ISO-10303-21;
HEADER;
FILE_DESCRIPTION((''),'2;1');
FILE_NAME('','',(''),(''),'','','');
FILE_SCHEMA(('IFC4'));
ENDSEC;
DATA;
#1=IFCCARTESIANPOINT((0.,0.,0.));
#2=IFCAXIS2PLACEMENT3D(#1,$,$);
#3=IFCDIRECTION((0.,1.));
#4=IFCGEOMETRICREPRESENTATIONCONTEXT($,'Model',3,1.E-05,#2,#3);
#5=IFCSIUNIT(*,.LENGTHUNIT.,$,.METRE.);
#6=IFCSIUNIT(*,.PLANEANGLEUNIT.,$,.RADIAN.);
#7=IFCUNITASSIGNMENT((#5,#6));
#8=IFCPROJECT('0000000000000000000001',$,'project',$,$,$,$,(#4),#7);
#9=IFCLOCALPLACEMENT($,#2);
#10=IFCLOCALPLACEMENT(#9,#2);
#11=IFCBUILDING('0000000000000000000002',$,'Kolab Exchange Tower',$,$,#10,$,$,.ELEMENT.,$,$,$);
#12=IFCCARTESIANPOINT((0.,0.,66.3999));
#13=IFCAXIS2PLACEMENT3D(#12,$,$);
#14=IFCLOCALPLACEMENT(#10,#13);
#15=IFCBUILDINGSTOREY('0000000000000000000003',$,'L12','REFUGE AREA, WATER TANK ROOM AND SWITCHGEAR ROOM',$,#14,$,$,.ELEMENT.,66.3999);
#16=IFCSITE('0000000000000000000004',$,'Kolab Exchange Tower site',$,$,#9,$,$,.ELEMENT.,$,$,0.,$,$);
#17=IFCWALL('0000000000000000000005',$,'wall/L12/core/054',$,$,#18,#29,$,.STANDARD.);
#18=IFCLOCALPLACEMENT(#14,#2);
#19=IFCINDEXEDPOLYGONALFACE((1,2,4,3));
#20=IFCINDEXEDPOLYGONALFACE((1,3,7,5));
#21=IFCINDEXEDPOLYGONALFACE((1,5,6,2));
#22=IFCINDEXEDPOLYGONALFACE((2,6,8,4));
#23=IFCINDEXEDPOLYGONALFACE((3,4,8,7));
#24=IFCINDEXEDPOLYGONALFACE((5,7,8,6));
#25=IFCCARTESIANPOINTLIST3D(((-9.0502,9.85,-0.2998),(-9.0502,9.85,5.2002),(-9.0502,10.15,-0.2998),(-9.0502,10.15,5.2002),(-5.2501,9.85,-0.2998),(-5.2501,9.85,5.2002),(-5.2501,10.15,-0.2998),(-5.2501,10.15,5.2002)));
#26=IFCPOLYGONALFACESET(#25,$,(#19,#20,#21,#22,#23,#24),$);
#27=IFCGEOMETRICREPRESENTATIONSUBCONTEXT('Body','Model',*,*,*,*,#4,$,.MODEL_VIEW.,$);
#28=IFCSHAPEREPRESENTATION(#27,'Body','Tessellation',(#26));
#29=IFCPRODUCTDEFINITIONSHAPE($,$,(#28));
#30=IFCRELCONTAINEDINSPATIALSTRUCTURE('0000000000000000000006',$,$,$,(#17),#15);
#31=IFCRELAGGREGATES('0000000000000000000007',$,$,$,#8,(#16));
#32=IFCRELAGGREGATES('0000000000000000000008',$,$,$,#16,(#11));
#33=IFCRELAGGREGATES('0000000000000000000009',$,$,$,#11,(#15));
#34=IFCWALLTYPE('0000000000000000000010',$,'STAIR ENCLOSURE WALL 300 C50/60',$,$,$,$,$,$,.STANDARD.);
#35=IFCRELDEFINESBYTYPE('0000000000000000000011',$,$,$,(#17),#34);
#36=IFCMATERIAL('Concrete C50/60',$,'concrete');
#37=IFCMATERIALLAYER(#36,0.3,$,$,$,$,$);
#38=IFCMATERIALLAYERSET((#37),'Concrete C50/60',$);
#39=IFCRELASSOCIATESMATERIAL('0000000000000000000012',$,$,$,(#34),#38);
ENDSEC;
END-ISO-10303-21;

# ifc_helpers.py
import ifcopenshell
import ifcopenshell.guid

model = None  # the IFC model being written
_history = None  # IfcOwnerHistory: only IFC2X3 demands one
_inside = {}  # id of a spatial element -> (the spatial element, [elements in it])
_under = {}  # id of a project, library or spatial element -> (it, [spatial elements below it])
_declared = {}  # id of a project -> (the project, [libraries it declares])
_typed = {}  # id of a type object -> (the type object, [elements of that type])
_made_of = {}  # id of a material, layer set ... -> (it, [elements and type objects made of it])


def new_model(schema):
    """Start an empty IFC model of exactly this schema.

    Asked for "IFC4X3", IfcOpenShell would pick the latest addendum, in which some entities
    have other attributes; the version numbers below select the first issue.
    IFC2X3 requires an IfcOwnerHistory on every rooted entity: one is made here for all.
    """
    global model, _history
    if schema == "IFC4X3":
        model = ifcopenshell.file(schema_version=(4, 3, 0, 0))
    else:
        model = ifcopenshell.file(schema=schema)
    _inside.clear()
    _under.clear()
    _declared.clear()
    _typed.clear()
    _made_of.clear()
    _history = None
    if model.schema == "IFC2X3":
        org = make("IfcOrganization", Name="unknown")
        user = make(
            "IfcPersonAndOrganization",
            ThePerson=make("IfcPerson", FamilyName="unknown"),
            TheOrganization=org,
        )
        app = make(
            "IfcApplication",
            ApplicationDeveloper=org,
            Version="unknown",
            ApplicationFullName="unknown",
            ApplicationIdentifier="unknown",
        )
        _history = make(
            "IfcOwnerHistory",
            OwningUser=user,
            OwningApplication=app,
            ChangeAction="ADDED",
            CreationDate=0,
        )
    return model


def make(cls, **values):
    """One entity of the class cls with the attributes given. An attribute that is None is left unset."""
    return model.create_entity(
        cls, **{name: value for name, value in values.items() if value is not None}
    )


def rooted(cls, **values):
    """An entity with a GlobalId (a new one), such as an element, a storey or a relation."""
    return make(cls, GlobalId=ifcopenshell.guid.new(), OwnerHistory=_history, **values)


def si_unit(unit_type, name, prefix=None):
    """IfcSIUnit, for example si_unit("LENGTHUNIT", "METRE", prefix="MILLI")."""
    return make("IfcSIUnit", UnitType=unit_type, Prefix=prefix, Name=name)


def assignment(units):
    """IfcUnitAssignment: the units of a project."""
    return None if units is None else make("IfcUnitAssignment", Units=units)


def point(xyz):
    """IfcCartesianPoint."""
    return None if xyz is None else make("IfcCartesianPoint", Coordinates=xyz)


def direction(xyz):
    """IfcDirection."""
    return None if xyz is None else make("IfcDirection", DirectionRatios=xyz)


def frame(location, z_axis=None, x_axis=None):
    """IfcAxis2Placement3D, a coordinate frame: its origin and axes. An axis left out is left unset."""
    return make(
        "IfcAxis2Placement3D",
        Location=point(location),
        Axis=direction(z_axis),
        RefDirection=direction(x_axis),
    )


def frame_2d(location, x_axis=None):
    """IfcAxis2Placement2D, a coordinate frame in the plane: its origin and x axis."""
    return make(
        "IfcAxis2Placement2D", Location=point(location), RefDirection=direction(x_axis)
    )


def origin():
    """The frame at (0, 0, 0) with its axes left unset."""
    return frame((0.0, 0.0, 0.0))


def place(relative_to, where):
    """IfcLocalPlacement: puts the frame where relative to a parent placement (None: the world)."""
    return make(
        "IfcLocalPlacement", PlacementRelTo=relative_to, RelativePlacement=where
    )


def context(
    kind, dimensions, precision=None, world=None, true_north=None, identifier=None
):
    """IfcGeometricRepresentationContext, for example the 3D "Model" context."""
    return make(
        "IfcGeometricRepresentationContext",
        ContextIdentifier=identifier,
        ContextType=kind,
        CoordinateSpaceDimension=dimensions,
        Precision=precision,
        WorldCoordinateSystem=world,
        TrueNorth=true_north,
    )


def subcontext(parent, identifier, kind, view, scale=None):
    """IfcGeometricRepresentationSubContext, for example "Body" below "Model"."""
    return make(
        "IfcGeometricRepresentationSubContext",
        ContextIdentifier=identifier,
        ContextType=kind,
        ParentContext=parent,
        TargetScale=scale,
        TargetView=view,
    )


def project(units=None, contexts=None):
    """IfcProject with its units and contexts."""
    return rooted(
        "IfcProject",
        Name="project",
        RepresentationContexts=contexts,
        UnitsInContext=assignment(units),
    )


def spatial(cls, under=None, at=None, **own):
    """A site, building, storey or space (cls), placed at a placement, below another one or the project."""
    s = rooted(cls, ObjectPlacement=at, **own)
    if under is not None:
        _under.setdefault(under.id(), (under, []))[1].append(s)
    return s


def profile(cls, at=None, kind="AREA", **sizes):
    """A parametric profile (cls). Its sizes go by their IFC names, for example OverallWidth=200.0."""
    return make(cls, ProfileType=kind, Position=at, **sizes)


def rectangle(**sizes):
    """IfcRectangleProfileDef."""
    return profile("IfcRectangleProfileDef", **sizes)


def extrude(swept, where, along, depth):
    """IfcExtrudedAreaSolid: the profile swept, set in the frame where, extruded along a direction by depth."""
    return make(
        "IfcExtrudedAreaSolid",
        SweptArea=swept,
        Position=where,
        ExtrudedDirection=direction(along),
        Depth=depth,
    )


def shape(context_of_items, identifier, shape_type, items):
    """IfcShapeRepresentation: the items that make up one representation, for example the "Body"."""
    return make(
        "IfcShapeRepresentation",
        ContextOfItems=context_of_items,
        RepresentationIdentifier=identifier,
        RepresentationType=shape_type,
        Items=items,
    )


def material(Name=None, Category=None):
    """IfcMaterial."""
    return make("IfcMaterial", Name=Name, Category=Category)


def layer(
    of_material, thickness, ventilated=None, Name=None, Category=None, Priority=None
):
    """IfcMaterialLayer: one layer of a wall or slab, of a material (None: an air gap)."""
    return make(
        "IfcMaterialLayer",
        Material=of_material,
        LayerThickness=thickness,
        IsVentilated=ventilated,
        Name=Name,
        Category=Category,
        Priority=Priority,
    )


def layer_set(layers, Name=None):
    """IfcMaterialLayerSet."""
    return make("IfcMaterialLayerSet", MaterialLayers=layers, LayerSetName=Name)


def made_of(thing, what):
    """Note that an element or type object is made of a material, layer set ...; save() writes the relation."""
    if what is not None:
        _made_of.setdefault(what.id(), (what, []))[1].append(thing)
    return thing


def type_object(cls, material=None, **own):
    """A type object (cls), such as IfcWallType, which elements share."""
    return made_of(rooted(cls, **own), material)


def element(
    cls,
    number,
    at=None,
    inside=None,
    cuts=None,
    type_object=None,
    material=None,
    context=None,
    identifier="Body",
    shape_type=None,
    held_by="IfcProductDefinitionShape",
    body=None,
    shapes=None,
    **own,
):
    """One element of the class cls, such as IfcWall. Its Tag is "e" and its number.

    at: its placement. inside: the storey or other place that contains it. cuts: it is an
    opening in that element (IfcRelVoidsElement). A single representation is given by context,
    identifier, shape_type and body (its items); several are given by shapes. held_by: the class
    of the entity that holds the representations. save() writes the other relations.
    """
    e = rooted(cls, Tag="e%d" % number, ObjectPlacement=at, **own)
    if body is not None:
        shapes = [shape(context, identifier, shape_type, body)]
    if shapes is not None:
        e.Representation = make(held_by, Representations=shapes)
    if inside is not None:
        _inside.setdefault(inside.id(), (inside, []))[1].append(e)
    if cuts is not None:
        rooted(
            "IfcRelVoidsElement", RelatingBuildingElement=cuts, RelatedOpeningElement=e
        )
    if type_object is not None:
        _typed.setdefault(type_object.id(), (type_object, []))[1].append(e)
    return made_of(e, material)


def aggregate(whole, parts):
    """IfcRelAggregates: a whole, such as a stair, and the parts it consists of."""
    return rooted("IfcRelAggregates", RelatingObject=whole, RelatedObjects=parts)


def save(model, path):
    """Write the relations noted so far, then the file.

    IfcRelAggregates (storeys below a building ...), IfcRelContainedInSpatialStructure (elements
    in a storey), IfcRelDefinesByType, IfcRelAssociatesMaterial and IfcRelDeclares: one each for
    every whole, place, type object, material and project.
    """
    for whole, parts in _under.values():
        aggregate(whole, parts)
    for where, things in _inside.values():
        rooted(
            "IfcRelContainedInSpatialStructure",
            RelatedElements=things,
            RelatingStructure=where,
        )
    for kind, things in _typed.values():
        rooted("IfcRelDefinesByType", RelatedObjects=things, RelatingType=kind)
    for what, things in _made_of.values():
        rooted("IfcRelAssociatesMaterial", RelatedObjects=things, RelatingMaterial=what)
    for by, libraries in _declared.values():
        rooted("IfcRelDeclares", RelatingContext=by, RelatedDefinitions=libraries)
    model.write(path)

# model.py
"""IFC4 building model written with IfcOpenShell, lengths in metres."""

from ifc_helpers import new_model, si_unit, direction, frame, frame_2d, origin, place, context, subcontext, project, spatial, rectangle, extrude, material, layer, layer_set, type_object, element, save


model = new_model("IFC4")

# Units and contexts
model_context = context("Model", 3, precision=1e-05, world=origin(), true_north=direction((0.0, 1.0)))
body_context = subcontext(model_context, "Body", "Model", "MODEL_VIEW")
ifc_project = project(units=[si_unit("LENGTHUNIT", "METRE"), si_unit("PLANEANGLEUNIT", "RADIAN")], contexts=[model_context])

# Site, building, storey
site_placement = place(None, origin())
site = spatial("IfcSite", under=ifc_project, at=site_placement, Name="Kolab Exchange Tower site", CompositionType="ELEMENT", RefElevation=0.0)
building_placement = place(site_placement, origin())
building = spatial("IfcBuilding", under=site, at=building_placement, Name="Kolab Exchange Tower", CompositionType="ELEMENT")
storey_placement = place(building_placement, frame((0.0, 0.0, 66.3999)))
storey = spatial("IfcBuildingStorey", under=building, at=storey_placement, Name="L12", Description="REFUGE AREA, WATER TANK ROOM AND SWITCHGEAR ROOM", CompositionType="ELEMENT", Elevation=66.3999)

# Wall
ifc_material_1 = material(Name="Concrete C50/60", Category="concrete")
ifc_layer_1 = layer(ifc_material_1, 0.3)
ifc_layer_set_1 = layer_set([ifc_layer_1], Name="Concrete C50/60")
wall_type_1 = type_object("IfcWallType", Name="STAIR ENCLOSURE WALL 300 C50/60", PredefinedType="STANDARD", material=ifc_layer_set_1)
wall_1_placement = place(storey_placement, frame((-9.05, 10.0, -0.2998), z_axis=(0.0, 0.0, 1.0), x_axis=(1.0, 0.0, 0.0)))
element("IfcWall", 1, at=wall_1_placement, inside=storey, type_object=wall_type_1, Name="wall/L12/core/054", PredefinedType="STANDARD", context=body_context, shape_type="SweptSolid", body=[
    extrude(rectangle(XDim=3.8, YDim=0.3, at=frame_2d((1.8999, 0.0))), origin(), (0.0, 0.0, 1.0), 5.5),
])

save(model, "model.ifc")
